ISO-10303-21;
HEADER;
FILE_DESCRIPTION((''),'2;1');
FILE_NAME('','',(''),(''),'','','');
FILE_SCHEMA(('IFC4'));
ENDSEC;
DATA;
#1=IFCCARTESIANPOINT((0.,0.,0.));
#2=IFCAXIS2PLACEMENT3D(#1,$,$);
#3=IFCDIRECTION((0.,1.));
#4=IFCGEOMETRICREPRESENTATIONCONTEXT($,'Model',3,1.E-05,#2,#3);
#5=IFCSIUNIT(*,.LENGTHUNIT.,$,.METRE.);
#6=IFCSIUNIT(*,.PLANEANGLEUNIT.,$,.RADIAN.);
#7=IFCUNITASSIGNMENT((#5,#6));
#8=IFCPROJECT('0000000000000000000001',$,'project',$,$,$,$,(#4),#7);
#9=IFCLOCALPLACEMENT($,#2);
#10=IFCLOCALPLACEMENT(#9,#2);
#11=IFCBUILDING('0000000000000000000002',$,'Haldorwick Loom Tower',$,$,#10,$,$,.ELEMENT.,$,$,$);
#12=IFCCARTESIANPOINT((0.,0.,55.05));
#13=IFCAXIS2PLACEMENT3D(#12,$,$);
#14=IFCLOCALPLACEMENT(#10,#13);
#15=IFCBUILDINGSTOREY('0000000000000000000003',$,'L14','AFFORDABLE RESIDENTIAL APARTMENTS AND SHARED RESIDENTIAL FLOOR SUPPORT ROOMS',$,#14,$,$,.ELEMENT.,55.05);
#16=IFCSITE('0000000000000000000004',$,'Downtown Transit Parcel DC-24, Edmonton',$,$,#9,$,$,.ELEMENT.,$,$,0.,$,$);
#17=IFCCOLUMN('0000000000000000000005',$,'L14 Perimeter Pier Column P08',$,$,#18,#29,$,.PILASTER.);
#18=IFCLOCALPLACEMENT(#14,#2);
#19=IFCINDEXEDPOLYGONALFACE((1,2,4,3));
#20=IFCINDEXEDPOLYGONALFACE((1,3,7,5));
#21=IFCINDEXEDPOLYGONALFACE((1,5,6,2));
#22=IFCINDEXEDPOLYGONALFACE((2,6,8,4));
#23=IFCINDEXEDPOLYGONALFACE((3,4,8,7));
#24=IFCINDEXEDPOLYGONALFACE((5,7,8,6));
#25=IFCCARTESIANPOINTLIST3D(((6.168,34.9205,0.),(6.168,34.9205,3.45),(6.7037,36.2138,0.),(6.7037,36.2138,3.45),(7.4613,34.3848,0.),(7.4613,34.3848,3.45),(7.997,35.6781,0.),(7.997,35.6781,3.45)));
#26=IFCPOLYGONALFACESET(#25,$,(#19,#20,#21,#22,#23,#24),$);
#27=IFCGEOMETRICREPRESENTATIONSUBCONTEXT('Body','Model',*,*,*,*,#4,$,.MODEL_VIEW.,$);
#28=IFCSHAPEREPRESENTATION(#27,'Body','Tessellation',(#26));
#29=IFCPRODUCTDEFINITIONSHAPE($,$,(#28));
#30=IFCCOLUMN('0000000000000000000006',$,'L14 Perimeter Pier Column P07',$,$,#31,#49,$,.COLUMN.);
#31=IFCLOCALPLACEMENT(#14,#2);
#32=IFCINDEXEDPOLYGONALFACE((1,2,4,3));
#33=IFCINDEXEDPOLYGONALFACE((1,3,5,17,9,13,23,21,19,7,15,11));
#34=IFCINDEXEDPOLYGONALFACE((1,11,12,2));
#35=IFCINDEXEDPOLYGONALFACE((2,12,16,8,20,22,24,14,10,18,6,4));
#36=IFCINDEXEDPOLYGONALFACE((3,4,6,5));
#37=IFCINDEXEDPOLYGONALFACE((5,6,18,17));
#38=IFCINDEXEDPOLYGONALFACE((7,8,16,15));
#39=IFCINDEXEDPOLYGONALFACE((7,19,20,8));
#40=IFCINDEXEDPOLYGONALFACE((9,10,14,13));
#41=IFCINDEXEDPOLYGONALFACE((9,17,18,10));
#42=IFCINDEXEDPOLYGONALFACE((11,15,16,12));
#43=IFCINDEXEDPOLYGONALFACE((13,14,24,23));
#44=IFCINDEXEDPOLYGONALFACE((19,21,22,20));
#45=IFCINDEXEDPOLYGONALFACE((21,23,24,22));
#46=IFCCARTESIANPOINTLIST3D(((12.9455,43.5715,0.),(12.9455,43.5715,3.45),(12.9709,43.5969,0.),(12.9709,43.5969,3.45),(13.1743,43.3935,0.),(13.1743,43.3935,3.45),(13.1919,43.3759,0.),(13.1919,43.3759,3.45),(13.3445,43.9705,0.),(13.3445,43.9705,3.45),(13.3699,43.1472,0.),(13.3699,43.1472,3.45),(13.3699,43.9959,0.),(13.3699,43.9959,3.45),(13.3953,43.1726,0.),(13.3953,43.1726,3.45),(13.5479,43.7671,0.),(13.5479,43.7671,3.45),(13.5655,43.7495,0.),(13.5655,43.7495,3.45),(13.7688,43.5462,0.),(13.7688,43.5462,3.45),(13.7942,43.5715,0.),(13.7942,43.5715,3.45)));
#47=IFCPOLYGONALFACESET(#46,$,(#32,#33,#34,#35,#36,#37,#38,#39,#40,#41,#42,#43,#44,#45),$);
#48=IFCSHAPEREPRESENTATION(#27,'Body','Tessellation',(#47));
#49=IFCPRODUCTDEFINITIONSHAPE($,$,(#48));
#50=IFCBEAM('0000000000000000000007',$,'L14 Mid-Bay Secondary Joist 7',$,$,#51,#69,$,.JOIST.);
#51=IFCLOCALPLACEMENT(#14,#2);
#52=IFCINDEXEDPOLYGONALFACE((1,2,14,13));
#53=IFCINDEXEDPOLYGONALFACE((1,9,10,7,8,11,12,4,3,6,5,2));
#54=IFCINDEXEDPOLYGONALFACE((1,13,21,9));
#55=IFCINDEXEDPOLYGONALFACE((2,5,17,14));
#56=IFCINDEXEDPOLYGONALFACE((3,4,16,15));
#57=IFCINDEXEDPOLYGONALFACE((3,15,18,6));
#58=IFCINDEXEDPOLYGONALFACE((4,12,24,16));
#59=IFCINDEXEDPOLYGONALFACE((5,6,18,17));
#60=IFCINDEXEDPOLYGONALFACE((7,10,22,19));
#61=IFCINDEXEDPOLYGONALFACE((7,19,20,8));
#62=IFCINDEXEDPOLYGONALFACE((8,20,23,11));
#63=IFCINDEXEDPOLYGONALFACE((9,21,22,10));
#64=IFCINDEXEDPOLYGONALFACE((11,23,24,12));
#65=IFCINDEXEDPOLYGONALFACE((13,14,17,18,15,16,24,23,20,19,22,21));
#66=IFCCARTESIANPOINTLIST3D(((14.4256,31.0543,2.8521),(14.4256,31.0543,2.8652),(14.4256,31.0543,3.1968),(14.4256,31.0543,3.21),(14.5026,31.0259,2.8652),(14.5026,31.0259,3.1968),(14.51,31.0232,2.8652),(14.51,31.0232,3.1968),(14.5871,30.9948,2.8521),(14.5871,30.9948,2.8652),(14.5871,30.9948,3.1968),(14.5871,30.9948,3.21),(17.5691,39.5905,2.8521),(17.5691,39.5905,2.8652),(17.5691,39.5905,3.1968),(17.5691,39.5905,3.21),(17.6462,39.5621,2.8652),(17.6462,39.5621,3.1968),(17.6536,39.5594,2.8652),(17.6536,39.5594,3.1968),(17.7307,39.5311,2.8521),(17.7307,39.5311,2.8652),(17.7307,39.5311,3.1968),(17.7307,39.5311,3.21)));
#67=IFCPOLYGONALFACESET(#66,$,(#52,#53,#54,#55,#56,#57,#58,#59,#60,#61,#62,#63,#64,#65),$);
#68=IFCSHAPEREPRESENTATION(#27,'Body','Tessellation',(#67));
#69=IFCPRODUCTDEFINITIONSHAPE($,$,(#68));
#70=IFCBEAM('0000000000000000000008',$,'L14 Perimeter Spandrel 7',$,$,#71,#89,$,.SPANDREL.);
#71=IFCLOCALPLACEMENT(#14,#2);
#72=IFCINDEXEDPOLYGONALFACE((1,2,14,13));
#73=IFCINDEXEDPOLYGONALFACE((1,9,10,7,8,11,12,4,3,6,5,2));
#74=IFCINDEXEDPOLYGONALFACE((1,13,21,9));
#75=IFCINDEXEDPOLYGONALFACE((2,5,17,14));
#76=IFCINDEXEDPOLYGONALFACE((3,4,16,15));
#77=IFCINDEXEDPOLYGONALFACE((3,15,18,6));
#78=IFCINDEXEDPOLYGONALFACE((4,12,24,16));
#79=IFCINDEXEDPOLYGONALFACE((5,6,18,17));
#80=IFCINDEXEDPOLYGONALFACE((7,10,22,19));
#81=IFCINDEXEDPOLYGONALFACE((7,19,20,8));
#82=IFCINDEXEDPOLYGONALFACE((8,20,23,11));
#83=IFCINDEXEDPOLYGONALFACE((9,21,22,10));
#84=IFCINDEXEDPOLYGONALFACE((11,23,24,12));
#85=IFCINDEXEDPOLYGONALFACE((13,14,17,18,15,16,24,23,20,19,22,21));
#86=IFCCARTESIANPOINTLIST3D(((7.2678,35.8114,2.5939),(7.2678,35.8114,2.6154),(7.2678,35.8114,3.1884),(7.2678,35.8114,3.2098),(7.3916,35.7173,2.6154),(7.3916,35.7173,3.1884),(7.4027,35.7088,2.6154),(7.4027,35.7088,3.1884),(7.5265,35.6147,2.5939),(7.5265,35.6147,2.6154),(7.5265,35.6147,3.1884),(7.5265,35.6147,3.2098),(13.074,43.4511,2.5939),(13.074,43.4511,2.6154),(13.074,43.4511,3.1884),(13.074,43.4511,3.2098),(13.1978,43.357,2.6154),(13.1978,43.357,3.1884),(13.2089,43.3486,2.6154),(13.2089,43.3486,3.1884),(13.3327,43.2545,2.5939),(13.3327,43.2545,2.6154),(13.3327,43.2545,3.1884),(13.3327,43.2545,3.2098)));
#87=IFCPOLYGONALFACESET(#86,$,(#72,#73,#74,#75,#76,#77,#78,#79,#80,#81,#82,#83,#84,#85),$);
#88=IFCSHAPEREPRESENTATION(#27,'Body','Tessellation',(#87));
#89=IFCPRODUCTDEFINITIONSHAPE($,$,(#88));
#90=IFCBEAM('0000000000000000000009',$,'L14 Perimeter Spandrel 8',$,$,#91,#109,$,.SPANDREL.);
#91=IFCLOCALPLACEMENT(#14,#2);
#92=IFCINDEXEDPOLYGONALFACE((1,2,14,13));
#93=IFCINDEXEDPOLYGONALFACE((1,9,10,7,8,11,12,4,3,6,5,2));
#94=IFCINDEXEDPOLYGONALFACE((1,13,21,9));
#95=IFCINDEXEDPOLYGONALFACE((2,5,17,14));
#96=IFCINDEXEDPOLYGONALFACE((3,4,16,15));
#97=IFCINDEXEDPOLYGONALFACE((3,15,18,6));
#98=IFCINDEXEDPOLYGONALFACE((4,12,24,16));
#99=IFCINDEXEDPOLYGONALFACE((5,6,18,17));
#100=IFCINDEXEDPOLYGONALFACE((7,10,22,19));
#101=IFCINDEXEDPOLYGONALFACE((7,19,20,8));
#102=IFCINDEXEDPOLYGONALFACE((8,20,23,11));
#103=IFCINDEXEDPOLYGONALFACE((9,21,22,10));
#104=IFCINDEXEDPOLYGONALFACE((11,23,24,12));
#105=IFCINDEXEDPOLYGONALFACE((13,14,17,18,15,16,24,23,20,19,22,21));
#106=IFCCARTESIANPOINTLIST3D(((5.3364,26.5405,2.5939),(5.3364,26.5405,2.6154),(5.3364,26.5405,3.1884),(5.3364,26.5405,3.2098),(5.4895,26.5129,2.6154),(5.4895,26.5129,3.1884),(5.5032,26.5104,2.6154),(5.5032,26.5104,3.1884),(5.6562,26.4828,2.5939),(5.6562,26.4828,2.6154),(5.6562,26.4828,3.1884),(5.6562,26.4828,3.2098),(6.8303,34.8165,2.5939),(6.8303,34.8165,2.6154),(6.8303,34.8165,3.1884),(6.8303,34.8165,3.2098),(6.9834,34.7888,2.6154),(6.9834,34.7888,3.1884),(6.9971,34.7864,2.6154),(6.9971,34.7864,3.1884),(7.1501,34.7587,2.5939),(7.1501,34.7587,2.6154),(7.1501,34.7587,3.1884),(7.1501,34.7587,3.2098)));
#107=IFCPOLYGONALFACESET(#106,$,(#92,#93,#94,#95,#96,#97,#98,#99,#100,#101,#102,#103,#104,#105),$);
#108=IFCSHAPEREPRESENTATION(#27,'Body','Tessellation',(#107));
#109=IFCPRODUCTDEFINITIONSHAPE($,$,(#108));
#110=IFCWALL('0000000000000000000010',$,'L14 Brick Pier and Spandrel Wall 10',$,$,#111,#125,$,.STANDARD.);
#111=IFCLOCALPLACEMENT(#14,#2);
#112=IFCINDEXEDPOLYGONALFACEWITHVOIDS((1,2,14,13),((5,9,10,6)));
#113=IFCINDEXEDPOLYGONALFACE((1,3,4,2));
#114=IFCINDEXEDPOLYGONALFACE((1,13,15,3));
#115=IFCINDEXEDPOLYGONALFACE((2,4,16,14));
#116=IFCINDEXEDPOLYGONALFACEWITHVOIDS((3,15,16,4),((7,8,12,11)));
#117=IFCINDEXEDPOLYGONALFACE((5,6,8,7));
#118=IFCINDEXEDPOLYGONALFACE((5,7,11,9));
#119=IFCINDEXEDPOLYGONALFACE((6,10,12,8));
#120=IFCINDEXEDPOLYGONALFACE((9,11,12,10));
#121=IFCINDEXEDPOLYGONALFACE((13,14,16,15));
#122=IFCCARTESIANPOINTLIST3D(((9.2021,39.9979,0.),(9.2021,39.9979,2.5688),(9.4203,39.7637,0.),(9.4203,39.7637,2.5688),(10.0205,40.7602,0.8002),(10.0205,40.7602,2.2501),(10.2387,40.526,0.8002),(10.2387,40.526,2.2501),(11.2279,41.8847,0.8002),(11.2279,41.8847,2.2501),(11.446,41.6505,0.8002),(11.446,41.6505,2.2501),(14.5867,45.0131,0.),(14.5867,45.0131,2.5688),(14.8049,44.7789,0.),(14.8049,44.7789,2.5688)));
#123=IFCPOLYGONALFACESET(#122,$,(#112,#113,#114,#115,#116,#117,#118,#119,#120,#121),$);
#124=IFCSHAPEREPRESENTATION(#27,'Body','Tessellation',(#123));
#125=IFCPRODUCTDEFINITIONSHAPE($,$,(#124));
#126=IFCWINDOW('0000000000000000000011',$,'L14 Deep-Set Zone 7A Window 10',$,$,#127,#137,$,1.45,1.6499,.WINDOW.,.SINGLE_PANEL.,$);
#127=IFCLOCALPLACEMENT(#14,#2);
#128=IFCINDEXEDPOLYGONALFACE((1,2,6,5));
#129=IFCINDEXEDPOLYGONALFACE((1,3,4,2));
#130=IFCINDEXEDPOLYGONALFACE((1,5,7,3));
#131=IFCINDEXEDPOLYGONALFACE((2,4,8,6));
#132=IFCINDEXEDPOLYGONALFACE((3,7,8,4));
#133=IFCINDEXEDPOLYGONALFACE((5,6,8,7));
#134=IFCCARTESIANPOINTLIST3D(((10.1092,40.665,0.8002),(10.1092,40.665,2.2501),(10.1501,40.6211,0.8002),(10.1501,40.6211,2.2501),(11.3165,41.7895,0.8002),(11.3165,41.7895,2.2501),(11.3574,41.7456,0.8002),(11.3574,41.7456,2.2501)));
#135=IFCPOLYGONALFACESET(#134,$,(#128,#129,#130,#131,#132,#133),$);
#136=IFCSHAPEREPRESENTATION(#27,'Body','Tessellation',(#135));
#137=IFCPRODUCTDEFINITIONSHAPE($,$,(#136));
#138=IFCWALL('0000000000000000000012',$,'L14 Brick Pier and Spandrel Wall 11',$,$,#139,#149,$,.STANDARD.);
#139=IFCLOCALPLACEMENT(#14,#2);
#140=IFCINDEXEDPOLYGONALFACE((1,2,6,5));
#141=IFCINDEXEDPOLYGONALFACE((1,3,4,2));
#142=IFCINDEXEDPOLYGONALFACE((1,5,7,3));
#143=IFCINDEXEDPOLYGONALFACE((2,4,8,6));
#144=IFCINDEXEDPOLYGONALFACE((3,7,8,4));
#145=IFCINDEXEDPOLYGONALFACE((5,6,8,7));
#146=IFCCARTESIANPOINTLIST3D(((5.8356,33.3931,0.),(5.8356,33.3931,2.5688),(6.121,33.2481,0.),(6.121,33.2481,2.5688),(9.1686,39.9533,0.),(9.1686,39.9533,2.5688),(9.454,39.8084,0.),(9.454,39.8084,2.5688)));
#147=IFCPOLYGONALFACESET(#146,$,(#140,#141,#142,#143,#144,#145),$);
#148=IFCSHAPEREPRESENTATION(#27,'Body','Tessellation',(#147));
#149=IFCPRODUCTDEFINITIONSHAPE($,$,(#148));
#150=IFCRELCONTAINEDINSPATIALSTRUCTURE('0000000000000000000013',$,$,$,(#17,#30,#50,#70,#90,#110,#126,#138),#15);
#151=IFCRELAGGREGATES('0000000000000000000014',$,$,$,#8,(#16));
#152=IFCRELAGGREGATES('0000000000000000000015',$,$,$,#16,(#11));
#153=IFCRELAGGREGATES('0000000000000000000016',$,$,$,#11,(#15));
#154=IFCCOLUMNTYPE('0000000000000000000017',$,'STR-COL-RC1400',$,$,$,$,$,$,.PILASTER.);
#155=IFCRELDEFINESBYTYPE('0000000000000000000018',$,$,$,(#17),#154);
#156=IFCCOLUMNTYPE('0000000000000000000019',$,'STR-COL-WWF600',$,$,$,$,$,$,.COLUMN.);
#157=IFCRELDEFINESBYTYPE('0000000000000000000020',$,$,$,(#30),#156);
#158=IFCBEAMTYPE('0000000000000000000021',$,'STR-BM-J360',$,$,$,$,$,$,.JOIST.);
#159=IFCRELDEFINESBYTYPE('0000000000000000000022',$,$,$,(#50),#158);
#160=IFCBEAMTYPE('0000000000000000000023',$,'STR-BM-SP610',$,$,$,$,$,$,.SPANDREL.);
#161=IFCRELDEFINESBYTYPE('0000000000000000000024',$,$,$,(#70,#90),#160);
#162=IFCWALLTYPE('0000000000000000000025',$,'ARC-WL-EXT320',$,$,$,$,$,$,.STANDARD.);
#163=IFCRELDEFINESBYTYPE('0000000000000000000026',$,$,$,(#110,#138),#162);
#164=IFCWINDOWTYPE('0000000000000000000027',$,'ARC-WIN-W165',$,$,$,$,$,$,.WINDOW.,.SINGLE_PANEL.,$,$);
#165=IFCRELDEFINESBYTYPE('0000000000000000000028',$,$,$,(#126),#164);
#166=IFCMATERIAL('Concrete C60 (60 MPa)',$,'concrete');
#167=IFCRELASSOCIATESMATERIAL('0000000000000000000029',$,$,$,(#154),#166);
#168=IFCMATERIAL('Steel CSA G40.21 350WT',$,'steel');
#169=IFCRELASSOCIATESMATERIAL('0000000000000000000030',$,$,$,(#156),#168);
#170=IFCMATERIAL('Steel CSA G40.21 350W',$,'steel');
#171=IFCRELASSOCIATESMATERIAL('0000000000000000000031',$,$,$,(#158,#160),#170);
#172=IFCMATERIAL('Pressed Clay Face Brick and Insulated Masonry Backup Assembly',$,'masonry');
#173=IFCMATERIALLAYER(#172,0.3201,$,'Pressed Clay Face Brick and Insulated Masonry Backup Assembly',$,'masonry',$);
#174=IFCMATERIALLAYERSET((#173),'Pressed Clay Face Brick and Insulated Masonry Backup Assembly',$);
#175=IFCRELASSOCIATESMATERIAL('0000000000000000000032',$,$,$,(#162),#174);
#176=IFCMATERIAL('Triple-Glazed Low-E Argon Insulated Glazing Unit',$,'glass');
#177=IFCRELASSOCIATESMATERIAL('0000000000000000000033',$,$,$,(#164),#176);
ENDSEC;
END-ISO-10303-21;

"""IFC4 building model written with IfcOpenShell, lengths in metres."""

from ifc_helpers import new_model, si_unit, direction, frame, frame_2d, origin, origin_2d, place, context, subcontext, project, spatial, rectangle, i_section, extrude, material, layer, layer_set, material_profile, profile_set, type_object, element, fill, save


model = new_model("IFC4")

# Units and contexts
model_context = context("Model", 3, precision=1e-05, world=origin(), true_north=direction((0.0, 1.0)))
body_context = subcontext(model_context, "Body", "Model", "MODEL_VIEW")
ifc_project = project(units=[si_unit("LENGTHUNIT", "METRE"), si_unit("PLANEANGLEUNIT", "RADIAN")], contexts=[model_context])

# Site, building, storey
site_placement = place(None, origin())
site = spatial("IfcSite", under=ifc_project, at=site_placement, Name="Downtown Transit Parcel DC-24, Edmonton", CompositionType="ELEMENT", RefElevation=0.0)
building_placement = place(site_placement, origin())
building = spatial("IfcBuilding", under=site, at=building_placement, Name="Haldorwick Loom Tower", CompositionType="ELEMENT")
storey_placement = place(building_placement, frame((0.0, 0.0, 55.05)))
storey = spatial("IfcBuildingStorey", under=building, at=storey_placement, Name="L14", Description="AFFORDABLE RESIDENTIAL APARTMENTS AND SHARED RESIDENTIAL FLOOR SUPPORT ROOMS", CompositionType="ELEMENT", Elevation=55.05)

# Columns
ifc_material_1 = material(Name="Concrete C60 (60 MPa)", Category="concrete")
ifc_material_profile_1 = material_profile(ifc_material_1, rectangle(XDim=1.3999, YDim=1.3999, at=origin_2d()), Name="RC1400X1400", Category="concrete")
ifc_profile_set_1 = profile_set([ifc_material_profile_1], Name="Concrete C60 (60 MPa)")
column_type_1 = type_object("IfcColumnType", Name="STR-COL-RC1400", PredefinedType="PILASTER", material=ifc_profile_set_1)
column_1_placement = place(storey_placement, frame((7.0825, 35.2993, 0.0), z_axis=(0.0, 0.0, 1.0), x_axis=(-0.92388, 0.382683, 0.0)))
element("IfcColumn", 1, at=column_1_placement, inside=storey, type_object=column_type_1, Name="L14 Perimeter Pier Column P08", PredefinedType="PILASTER", context=body_context, shape_type="SweptSolid", body=[
    extrude(rectangle(XDim=1.3999, YDim=1.3999, at=origin_2d()), origin(), (0.0, 0.0, 1.0), 3.45),
])
ifc_material_2 = material(Name="Steel CSA G40.21 350WT", Category="steel")
ifc_material_profile_2 = material_profile(ifc_material_2, i_section(OverallWidth=0.6001, OverallDepth=0.6001, WebThickness=0.0249, FlangeThickness=0.0359, at=origin_2d()), Name="WWF600X600", Category="steel")
ifc_profile_set_2 = profile_set([ifc_material_profile_2], Name="Steel CSA G40.21 350WT")
column_type_2 = type_object("IfcColumnType", Name="STR-COL-WWF600", PredefinedType="COLUMN", material=ifc_profile_set_2)
column_2_placement = place(storey_placement, frame((13.3699, 43.5715, 0.0), z_axis=(0.0, 0.0, 1.0), x_axis=(-0.707107, 0.707107, 0.0)))
element("IfcColumn", 2, at=column_2_placement, inside=storey, type_object=column_type_2, Name="L14 Perimeter Pier Column P07", PredefinedType="COLUMN", context=body_context, shape_type="SweptSolid", body=[
    extrude(i_section(OverallWidth=0.6001, OverallDepth=0.6001, WebThickness=0.0249, FlangeThickness=0.0359, at=origin_2d()), origin(), (0.0, 0.0, 1.0), 3.45),
])

# Beams
ifc_material_3 = material(Name="Steel CSA G40.21 350W", Category="steel")
ifc_material_profile_3 = material_profile(ifc_material_3, i_section(OverallWidth=0.1721, OverallDepth=0.3579, WebThickness=0.0078, FlangeThickness=0.0132, at=origin_2d()), Name="W360X57", Category="steel")
ifc_profile_set_3 = profile_set([ifc_material_profile_3], Name="Steel CSA G40.21 350W")
beam_type_1 = type_object("IfcBeamType", Name="STR-BM-J360", PredefinedType="JOIST", material=ifc_profile_set_3)
beam_1_placement = place(storey_placement, frame((17.6499, 39.5608, 3.031), z_axis=(-0.345576, -0.938391, 0.0), x_axis=(0.938391, -0.345576, 0.0)))
element("IfcBeam", 3, at=beam_1_placement, inside=storey, type_object=beam_type_1, Name="L14 Mid-Bay Secondary Joist 7", PredefinedType="JOIST", context=body_context, shape_type="SweptSolid", body=[
    extrude(i_section(OverallWidth=0.1721, OverallDepth=0.3579, WebThickness=0.0078, FlangeThickness=0.0132, at=origin_2d()), origin(), (0.0, 0.0, 1.0), 9.0967),
])
ifc_material_profile_4 = material_profile(ifc_material_3, i_section(OverallWidth=0.325, OverallDepth=0.616, WebThickness=0.0139, FlangeThickness=0.0215, at=origin_2d()), Name="W610X174", Category="steel")
ifc_profile_set_4 = profile_set([ifc_material_profile_4], Name="Steel CSA G40.21 350W")
beam_type_2 = type_object("IfcBeamType", Name="STR-BM-SP610", PredefinedType="SPANDREL", material=ifc_profile_set_4)
beam_2_placement = place(storey_placement, frame((13.2034, 43.3528, 2.9019), z_axis=(-0.605085, -0.796161, 0.0), x_axis=(0.796161, -0.605085, 0.0)))
element("IfcBeam", 4, at=beam_2_placement, inside=storey, type_object=beam_type_2, Name="L14 Perimeter Spandrel 7", PredefinedType="SPANDREL", context=body_context, shape_type="SweptSolid", body=[
    extrude(i_section(OverallWidth=0.325, OverallDepth=0.616, WebThickness=0.0139, FlangeThickness=0.0215, at=origin_2d()), origin(), (0.0, 0.0, 1.0), 9.5957),
])
beam_3_placement = place(storey_placement, frame((6.9902, 34.7876, 2.9019), z_axis=(-0.177641, -0.984095, 0.0), x_axis=(0.984095, -0.177641, 0.0)))
element("IfcBeam", 5, at=beam_3_placement, inside=storey, type_object=beam_type_2, Name="L14 Perimeter Spandrel 8", PredefinedType="SPANDREL", context=body_context, shape_type="SweptSolid", body=[
    extrude(i_section(OverallWidth=0.325, OverallDepth=0.616, WebThickness=0.0139, FlangeThickness=0.0215, at=origin_2d()), origin(), (0.0, 0.0, 1.0), 8.4097),
])

# Wall, opening, window
ifc_material_4 = material(Name="Pressed Clay Face Brick and Insulated Masonry Backup Assembly", Category="masonry")
ifc_layer_1 = layer(ifc_material_4, 0.3201, Name="Pressed Clay Face Brick and Insulated Masonry Backup Assembly", Category="masonry")
ifc_layer_set_1 = layer_set([ifc_layer_1], Name="Pressed Clay Face Brick and Insulated Masonry Backup Assembly")
wall_type_1 = type_object("IfcWallType", Name="ARC-WL-EXT320", PredefinedType="STANDARD", material=ifc_layer_set_1)
wall_1_placement = place(storey_placement, frame((14.6958, 44.896, 0.0), z_axis=(0.0, 0.0, 1.0), x_axis=(-0.731761, -0.681561, 0.0)))
wall_1 = element("IfcWall", 6, at=wall_1_placement, inside=storey, type_object=wall_type_1, Name="L14 Brick Pier and Spandrel Wall 10", PredefinedType="STANDARD", context=body_context, shape_type="SweptSolid", body=[
    extrude(rectangle(XDim=7.3584, YDim=0.3201, at=frame_2d((3.6792, 0.0))), origin(), (0.0, 0.0, 1.0), 2.5688),
])
opening_1_placement = place(wall_1_placement, frame((4.5901, 0.0, 0.8)))
opening_1 = element("IfcOpeningElement", 7, at=opening_1_placement, cuts=wall_1, PredefinedType="OPENING", context=body_context, shape_type="SweptSolid", body=[
    extrude(rectangle(XDim=1.6499, YDim=1.45, at=frame_2d((0.825, 0.7251))), frame((0.0, 0.1699, 0.0), z_axis=(0.0, -1.0, 0.0), x_axis=(1.0, 0.0, 0.0)), (0.0, 0.0, 1.0), 0.3401),
])
ifc_material_5 = material(Name="Triple-Glazed Low-E Argon Insulated Glazing Unit", Category="glass")
window_type = type_object("IfcWindowType", Name="ARC-WIN-W165", PartitioningType="SINGLE_PANEL", PredefinedType="WINDOW", material=ifc_material_5)
window_1_placement = place(opening_1_placement, origin())
window_1 = element("IfcWindow", 8, at=window_1_placement, inside=storey, type_object=window_type, Name="L14 Deep-Set Zone 7A Window 10", OverallHeight=1.45, OverallWidth=1.6499, PartitioningType="SINGLE_PANEL", PredefinedType="WINDOW", context=body_context, shape_type="SweptSolid", body=[
    extrude(rectangle(XDim=1.6499, YDim=1.45, at=frame_2d((0.825, 0.7251))), frame((0.0, 0.03, 0.0), z_axis=(0.0, -1.0, 0.0), x_axis=(1.0, 0.0, 0.0)), (0.0, 0.0, 1.0), 0.0601),
])
fill(opening_1, window_1)

# Wall
wall_2_placement = place(storey_placement, frame((9.3113, 39.8809, 0.0), z_axis=(0.0, 0.0, 1.0), x_axis=(-0.452951, -0.891535, 0.0)))
element("IfcWall", 9, at=wall_2_placement, inside=storey, type_object=wall_type_1, Name="L14 Brick Pier and Spandrel Wall 11", PredefinedType="STANDARD", context=body_context, shape_type="SweptSolid", body=[
    extrude(rectangle(XDim=7.3584, YDim=0.3201, at=frame_2d((3.6792, 0.0))), origin(), (0.0, 0.0, 1.0), 2.5688),
])

save(model, "model.ifc")
